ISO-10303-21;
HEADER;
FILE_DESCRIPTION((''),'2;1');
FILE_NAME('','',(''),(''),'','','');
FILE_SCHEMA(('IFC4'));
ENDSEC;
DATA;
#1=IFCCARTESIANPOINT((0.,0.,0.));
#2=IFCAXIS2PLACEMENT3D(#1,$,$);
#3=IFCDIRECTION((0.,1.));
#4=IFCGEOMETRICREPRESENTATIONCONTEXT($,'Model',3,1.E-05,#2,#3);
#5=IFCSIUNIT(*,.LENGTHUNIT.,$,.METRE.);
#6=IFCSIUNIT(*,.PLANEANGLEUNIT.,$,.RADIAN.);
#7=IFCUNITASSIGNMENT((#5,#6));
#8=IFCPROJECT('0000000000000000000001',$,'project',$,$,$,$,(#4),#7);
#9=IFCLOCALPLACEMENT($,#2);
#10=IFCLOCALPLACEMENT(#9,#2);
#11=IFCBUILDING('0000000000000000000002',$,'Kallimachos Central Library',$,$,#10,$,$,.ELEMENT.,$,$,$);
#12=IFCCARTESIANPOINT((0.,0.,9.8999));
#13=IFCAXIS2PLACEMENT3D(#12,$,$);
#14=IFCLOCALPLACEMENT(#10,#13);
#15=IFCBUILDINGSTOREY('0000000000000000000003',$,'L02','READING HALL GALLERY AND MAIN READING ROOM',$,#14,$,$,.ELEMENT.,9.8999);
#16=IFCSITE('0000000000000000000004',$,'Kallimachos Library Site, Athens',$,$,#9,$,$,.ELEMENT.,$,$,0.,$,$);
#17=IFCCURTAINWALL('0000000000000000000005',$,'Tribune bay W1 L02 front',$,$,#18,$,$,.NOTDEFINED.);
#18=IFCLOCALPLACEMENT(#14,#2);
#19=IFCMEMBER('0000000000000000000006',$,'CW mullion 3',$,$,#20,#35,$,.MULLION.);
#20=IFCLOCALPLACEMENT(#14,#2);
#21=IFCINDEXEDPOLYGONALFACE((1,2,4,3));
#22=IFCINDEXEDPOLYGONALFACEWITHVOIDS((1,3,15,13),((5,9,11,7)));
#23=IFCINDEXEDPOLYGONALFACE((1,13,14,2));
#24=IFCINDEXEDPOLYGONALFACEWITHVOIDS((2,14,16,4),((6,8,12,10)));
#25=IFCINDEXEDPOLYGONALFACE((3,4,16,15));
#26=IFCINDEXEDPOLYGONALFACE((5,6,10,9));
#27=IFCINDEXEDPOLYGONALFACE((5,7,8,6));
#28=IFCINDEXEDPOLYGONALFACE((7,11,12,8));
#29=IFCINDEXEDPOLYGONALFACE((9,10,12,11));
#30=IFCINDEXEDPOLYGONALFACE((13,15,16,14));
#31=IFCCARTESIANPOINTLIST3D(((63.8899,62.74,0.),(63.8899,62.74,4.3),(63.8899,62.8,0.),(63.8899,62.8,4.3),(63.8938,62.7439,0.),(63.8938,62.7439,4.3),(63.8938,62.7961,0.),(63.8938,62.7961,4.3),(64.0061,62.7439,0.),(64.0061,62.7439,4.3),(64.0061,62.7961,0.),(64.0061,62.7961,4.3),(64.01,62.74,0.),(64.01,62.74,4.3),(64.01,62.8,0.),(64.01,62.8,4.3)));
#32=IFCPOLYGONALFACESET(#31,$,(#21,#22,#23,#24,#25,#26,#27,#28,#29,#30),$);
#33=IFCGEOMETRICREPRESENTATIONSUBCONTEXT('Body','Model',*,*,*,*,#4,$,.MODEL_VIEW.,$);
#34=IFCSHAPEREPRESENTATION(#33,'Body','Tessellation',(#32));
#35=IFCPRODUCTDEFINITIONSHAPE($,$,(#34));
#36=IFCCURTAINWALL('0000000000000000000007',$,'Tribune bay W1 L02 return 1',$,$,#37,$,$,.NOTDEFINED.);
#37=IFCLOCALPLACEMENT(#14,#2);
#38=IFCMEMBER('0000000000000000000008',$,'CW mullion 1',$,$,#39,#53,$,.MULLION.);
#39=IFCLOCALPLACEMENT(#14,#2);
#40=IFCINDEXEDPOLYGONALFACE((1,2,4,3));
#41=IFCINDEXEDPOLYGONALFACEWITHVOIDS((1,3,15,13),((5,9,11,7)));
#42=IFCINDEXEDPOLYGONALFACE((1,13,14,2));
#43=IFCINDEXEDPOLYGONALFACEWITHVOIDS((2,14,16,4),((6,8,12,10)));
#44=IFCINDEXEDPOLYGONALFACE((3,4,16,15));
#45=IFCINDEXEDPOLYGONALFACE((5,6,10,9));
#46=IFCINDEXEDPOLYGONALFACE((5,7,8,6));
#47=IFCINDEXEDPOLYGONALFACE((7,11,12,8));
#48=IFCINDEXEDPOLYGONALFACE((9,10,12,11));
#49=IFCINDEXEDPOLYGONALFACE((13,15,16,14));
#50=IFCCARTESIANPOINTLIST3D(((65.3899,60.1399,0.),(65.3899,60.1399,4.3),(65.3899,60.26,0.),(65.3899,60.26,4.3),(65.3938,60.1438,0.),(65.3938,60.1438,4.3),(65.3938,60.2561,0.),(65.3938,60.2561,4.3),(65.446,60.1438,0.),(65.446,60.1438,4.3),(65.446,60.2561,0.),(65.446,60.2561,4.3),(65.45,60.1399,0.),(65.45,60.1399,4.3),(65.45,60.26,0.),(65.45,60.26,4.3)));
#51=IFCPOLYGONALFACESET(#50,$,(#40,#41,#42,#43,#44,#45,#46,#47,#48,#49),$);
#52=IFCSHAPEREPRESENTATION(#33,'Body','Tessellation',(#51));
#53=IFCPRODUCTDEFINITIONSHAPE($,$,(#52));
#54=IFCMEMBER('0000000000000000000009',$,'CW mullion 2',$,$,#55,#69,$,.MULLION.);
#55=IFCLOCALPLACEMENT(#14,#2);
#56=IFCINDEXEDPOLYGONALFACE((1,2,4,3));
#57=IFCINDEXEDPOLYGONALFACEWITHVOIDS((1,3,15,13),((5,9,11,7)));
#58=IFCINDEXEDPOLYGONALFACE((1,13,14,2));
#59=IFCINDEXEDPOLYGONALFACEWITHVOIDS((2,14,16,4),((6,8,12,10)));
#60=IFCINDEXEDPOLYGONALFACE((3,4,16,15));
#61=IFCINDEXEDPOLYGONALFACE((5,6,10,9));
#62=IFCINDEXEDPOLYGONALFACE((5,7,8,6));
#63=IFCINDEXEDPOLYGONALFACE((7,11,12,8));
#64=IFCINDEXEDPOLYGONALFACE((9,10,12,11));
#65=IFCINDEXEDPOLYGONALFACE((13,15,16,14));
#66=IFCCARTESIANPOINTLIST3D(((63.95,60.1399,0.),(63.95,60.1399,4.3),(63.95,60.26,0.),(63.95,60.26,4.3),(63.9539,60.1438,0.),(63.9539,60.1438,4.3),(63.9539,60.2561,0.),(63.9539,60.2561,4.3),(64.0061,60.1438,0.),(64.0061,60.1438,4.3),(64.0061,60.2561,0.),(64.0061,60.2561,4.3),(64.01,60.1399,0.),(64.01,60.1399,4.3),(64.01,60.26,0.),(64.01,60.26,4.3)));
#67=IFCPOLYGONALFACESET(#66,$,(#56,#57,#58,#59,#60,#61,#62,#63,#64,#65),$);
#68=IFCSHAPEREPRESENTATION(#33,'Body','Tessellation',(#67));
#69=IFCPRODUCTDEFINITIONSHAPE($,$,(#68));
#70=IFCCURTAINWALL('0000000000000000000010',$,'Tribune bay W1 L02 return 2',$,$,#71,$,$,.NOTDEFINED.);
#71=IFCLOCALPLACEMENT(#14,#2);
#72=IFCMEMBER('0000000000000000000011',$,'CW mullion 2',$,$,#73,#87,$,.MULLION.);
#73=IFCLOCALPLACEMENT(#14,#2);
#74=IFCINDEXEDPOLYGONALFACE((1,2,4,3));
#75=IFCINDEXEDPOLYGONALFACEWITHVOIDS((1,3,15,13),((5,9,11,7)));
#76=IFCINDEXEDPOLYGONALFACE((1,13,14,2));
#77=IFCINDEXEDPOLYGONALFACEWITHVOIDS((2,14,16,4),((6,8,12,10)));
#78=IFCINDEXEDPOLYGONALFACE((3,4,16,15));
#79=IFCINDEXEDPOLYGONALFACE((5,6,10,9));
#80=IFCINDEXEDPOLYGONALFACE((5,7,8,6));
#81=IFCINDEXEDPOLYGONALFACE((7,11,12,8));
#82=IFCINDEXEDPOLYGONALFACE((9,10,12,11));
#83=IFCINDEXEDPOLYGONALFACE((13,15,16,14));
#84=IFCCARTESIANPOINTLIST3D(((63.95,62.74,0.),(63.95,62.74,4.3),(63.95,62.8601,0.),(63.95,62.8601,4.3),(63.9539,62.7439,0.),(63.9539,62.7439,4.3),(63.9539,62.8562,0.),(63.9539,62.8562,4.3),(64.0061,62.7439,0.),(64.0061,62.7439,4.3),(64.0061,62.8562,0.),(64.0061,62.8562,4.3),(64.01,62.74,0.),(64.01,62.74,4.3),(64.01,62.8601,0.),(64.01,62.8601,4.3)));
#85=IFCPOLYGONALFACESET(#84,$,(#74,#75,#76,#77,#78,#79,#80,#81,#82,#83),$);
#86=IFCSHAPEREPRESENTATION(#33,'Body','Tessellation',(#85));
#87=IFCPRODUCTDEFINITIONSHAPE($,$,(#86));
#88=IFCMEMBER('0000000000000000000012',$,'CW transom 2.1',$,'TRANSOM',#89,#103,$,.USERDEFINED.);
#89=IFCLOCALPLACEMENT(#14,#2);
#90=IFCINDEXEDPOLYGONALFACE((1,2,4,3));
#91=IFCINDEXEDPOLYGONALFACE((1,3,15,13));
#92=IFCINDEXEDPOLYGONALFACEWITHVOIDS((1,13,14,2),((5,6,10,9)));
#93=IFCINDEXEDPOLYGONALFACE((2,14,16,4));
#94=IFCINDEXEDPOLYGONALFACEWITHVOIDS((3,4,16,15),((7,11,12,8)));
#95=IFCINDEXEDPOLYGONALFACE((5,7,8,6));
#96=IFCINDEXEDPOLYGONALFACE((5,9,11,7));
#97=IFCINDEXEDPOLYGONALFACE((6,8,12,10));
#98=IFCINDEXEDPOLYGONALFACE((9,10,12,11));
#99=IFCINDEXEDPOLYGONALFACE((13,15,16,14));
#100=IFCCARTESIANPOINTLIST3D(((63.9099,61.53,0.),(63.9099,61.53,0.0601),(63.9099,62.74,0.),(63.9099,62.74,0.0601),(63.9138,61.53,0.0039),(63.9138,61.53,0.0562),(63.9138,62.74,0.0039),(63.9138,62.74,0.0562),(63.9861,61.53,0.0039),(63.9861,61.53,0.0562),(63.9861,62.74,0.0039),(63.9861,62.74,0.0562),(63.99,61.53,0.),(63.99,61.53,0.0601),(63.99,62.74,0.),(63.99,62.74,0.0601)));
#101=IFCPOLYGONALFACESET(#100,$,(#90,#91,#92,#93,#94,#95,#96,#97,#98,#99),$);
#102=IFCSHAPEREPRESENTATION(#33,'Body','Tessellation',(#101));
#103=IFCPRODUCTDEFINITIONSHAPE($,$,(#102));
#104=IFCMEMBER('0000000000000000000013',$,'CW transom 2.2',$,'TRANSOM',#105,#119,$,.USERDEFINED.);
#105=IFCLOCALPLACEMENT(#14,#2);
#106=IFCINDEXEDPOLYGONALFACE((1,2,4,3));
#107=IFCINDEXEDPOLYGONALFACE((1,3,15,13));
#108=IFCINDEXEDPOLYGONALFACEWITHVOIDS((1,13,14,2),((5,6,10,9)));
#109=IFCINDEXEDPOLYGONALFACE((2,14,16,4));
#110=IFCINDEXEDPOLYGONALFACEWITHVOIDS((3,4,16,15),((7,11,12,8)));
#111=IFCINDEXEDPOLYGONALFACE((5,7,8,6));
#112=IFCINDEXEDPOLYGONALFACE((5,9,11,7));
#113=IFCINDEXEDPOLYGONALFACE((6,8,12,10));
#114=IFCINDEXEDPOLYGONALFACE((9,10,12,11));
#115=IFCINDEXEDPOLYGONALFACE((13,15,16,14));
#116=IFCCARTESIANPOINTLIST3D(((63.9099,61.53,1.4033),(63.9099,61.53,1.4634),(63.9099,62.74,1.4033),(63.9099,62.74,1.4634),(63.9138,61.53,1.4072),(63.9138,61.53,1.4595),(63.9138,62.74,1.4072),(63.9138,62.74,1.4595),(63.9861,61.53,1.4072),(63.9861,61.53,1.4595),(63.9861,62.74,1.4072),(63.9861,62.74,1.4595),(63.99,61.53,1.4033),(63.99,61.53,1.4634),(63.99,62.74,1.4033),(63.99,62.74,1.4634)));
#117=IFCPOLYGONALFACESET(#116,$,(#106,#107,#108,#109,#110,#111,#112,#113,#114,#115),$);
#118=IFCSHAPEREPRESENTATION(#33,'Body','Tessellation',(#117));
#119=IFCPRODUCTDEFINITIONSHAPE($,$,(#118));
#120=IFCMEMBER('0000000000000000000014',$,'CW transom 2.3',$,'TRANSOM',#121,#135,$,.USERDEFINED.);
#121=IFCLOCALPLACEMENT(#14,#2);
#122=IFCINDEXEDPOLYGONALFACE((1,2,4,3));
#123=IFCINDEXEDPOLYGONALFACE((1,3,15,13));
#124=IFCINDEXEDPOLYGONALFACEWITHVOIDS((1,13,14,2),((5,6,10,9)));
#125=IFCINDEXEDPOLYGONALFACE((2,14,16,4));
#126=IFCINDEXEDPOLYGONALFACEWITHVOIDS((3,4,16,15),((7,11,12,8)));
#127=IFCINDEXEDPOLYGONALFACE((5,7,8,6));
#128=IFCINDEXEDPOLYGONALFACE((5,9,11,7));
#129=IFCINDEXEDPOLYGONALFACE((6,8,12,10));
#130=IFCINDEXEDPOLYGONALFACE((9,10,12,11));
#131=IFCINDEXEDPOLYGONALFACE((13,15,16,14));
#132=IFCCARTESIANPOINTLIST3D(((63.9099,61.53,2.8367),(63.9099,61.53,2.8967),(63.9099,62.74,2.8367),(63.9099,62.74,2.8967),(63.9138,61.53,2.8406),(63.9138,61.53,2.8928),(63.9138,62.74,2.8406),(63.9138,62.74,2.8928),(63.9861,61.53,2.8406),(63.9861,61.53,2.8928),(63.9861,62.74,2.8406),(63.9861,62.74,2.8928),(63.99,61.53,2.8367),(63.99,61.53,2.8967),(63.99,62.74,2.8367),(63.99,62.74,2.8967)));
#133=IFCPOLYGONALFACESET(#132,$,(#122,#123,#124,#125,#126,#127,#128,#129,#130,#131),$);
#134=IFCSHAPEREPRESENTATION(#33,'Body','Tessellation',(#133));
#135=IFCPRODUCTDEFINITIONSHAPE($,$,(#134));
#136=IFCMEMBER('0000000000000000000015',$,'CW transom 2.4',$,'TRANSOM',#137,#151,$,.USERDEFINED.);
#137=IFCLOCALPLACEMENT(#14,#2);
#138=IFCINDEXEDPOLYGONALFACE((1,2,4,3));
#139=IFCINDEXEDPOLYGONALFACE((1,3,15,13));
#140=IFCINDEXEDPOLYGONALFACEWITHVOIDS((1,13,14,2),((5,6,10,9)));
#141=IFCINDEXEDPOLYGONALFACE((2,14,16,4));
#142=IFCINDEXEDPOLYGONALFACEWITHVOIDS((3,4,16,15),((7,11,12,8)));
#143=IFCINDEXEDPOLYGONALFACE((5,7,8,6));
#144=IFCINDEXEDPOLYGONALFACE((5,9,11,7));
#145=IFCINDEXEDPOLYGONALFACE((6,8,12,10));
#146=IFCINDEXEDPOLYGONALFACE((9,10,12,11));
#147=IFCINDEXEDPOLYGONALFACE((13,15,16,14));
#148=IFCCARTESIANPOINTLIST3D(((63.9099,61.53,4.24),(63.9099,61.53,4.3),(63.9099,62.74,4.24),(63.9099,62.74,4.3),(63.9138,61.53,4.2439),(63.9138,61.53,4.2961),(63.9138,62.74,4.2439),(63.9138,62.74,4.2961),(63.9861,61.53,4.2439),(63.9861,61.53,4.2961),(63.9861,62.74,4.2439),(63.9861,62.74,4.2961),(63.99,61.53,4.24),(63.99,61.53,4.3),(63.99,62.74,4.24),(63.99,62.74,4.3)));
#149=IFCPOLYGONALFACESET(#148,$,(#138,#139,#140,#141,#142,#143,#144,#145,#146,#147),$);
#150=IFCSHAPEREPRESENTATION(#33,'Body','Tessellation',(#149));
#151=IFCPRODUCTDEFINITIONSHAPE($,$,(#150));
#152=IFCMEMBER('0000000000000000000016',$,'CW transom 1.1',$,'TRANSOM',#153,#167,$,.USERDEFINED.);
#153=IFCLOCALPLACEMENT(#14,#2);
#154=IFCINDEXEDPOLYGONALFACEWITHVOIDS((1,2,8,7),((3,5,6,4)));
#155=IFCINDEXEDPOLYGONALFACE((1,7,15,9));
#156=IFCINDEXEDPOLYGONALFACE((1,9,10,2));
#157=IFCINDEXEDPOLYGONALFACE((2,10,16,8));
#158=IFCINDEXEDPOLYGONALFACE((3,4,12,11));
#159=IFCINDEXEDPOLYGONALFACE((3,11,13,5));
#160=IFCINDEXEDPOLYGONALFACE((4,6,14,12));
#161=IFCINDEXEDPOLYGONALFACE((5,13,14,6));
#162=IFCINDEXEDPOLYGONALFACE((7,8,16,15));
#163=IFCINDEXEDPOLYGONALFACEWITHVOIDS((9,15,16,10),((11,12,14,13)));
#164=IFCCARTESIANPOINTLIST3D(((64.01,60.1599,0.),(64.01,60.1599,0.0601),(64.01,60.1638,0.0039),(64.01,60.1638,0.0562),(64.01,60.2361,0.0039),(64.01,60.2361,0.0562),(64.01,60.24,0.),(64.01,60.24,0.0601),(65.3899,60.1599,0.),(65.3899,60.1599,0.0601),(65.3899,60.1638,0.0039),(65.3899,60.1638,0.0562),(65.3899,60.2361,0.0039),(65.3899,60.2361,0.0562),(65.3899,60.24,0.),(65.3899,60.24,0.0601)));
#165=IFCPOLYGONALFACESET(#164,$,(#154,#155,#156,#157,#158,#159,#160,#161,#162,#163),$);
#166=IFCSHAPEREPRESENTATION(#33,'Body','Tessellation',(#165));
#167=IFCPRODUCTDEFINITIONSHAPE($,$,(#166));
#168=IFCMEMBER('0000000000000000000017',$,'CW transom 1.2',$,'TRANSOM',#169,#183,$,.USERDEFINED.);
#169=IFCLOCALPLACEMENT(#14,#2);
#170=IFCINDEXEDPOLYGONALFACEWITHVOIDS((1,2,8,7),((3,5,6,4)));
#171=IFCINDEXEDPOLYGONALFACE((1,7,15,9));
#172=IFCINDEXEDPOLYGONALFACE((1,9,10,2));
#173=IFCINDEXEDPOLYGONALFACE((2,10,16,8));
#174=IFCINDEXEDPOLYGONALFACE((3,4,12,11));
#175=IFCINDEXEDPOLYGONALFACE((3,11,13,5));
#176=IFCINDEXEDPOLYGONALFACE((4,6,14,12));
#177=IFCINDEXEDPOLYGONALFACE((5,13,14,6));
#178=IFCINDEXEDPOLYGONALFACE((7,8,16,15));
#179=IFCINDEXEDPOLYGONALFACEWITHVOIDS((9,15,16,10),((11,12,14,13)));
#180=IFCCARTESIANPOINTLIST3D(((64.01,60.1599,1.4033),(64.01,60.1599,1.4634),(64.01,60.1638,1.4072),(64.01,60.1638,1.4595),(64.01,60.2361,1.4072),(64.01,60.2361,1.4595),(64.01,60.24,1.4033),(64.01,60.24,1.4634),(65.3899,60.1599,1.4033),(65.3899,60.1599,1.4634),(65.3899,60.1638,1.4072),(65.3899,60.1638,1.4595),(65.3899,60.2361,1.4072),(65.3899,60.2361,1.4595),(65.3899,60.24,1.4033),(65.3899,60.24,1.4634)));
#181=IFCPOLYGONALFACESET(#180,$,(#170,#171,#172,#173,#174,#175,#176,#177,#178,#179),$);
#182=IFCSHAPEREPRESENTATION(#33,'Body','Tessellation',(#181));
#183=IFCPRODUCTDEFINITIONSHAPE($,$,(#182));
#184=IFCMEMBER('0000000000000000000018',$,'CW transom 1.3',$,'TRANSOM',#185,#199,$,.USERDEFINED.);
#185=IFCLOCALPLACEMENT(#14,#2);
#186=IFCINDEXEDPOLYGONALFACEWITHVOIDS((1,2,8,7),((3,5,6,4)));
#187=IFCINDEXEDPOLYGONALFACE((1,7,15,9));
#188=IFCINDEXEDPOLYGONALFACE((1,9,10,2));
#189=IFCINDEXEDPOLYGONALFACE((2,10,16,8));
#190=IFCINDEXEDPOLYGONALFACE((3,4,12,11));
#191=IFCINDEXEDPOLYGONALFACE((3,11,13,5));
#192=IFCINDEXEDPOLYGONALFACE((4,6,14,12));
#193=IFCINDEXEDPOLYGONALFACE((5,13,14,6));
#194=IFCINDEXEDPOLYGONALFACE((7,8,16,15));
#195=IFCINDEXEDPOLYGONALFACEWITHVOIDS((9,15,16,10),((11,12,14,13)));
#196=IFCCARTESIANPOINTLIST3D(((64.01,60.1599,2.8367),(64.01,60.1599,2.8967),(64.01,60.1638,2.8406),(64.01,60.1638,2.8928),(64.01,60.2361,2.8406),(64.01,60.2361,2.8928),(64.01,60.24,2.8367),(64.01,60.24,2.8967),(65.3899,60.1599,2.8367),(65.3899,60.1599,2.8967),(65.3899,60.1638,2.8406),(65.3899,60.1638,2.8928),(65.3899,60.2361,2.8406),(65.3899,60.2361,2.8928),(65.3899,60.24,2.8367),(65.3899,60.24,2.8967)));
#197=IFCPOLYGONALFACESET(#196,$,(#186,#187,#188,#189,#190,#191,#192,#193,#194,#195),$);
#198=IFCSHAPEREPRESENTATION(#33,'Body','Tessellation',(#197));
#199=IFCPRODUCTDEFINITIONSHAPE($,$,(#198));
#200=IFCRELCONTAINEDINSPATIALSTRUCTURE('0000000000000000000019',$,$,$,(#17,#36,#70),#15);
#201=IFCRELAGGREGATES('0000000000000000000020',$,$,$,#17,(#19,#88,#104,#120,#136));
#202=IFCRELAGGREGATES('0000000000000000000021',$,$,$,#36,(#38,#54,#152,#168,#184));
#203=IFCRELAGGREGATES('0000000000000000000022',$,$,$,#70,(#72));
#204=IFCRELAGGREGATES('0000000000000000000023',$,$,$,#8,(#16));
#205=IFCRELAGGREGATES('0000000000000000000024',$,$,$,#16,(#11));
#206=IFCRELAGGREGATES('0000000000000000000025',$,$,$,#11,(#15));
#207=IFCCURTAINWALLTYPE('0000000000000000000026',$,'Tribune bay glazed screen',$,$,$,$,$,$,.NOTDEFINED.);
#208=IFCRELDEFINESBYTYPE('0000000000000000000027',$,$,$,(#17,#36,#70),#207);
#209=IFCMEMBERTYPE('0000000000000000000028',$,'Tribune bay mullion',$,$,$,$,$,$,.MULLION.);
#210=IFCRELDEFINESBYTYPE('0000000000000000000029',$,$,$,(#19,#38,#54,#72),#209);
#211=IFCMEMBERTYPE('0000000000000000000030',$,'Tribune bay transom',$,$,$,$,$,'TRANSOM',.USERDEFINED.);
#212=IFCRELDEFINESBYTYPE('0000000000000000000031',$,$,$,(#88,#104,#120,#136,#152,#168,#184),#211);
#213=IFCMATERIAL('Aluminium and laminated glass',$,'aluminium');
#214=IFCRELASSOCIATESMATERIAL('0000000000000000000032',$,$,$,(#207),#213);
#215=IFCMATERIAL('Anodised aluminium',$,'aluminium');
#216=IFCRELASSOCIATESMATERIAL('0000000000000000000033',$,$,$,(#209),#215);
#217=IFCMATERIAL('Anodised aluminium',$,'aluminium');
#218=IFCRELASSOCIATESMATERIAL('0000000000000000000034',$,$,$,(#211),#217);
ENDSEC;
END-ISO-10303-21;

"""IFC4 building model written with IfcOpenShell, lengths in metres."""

from ifc_helpers import new_model, si_unit, direction, frame, origin, origin_2d, place, context, subcontext, project, spatial, hollow_rectangle, extrude, material, material_profile, profile_set, type_object, element, aggregate, save


model = new_model("IFC4")

# Units and contexts
model_context = context("Model", 3, precision=1e-05, world=origin(), true_north=direction((0.0, 1.0)))
body_context = subcontext(model_context, "Body", "Model", "MODEL_VIEW")
ifc_project = project(units=[si_unit("LENGTHUNIT", "METRE"), si_unit("PLANEANGLEUNIT", "RADIAN")], contexts=[model_context])

# Site, building, storey
site_placement = place(None, origin())
site = spatial("IfcSite", under=ifc_project, at=site_placement, Name="Kallimachos Library Site, Athens", CompositionType="ELEMENT", RefElevation=0.0)
building_placement = place(site_placement, origin())
building = spatial("IfcBuilding", under=site, at=building_placement, Name="Kallimachos Central Library", CompositionType="ELEMENT")
storey_placement = place(building_placement, frame((0.0, 0.0, 9.8999)))
storey = spatial("IfcBuildingStorey", under=building, at=storey_placement, Name="L02", Description="READING HALL GALLERY AND MAIN READING ROOM", CompositionType="ELEMENT", Elevation=9.8999)

# Curtain wall, member
ifc_material_1 = material(Name="Aluminium and laminated glass", Category="aluminium")
curtain_wall_type = type_object("IfcCurtainWallType", Name="Tribune bay glazed screen", PredefinedType="NOTDEFINED", material=ifc_material_1)
curtain_wall_1_placement = place(storey_placement, origin())
curtain_wall_1 = element("IfcCurtainWall", 1, at=curtain_wall_1_placement, inside=storey, type_object=curtain_wall_type, Name="Tribune bay W1 L02 front", PredefinedType="NOTDEFINED")
ifc_material_2 = material(Name="Anodised aluminium", Category="aluminium")
ifc_material_profile_1 = material_profile(ifc_material_2, hollow_rectangle(XDim=0.0601, YDim=0.1201, WallThickness=0.0039, at=origin_2d()), Name="ALU MULLION 60x120")
ifc_profile_set_1 = profile_set([ifc_material_profile_1], Name="Anodised aluminium")
member_type_1 = type_object("IfcMemberType", Name="Tribune bay mullion", PredefinedType="MULLION", material=ifc_profile_set_1)
member_1_placement = place(storey_placement, frame((63.95, 62.77, 0.0), z_axis=(0.0, 0.0, 1.0), x_axis=(0.0, 1.0, 0.0)))
member_1 = element("IfcMember", 2, at=member_1_placement, type_object=member_type_1, Name="CW mullion 3", PredefinedType="MULLION", context=body_context, shape_type="SweptSolid", body=[
    extrude(hollow_rectangle(XDim=0.0601, YDim=0.1201, WallThickness=0.0039, at=origin_2d()), origin(), (0.0, 0.0, 1.0), 4.3),
])

# Curtain wall, members
curtain_wall_2_placement = place(storey_placement, origin())
curtain_wall_2 = element("IfcCurtainWall", 3, at=curtain_wall_2_placement, inside=storey, type_object=curtain_wall_type, Name="Tribune bay W1 L02 return 1", PredefinedType="NOTDEFINED")
member_2_placement = place(storey_placement, frame((65.4199, 60.2, 0.0), z_axis=(0.0, 0.0, 1.0), x_axis=(-1.0, 0.0, 0.0)))
member_2 = element("IfcMember", 4, at=member_2_placement, type_object=member_type_1, Name="CW mullion 1", PredefinedType="MULLION", context=body_context, shape_type="SweptSolid", body=[
    extrude(hollow_rectangle(XDim=0.0601, YDim=0.1201, WallThickness=0.0039, at=origin_2d()), origin(), (0.0, 0.0, 1.0), 4.3),
])
member_3_placement = place(storey_placement, frame((63.98, 60.2, 0.0), z_axis=(0.0, 0.0, 1.0), x_axis=(-1.0, 0.0, 0.0)))
member_3 = element("IfcMember", 5, at=member_3_placement, type_object=member_type_1, Name="CW mullion 2", PredefinedType="MULLION", context=body_context, shape_type="SweptSolid", body=[
    extrude(hollow_rectangle(XDim=0.0601, YDim=0.1201, WallThickness=0.0039, at=origin_2d()), origin(), (0.0, 0.0, 1.0), 4.3),
])

# Curtain wall, member
curtain_wall_3_placement = place(storey_placement, origin())
curtain_wall_3 = element("IfcCurtainWall", 6, at=curtain_wall_3_placement, inside=storey, type_object=curtain_wall_type, Name="Tribune bay W1 L02 return 2", PredefinedType="NOTDEFINED")
member_4_placement = place(storey_placement, frame((63.98, 62.8, 0.0), z_axis=(0.0, 0.0, 1.0), x_axis=(-1.0, 0.0, 0.0)))
member_4 = element("IfcMember", 7, at=member_4_placement, type_object=member_type_1, Name="CW mullion 2", PredefinedType="MULLION", context=body_context, shape_type="SweptSolid", body=[
    extrude(hollow_rectangle(XDim=0.0601, YDim=0.1201, WallThickness=0.0039, at=origin_2d()), origin(), (0.0, 0.0, 1.0), 4.3),
])

# Members
ifc_material_3 = material(Name="Anodised aluminium", Category="aluminium")
ifc_material_profile_2 = material_profile(ifc_material_3, hollow_rectangle(XDim=0.0601, YDim=0.0801, WallThickness=0.0039, at=origin_2d()), Name="ALU TRANSOM 60x80")
ifc_profile_set_2 = profile_set([ifc_material_profile_2], Name="Anodised aluminium")
member_type_2 = type_object("IfcMemberType", Name="Tribune bay transom", ElementType="TRANSOM", PredefinedType="USERDEFINED", material=ifc_profile_set_2)
member_5_placement = place(storey_placement, frame((63.95, 61.53, 0.03), z_axis=(0.0, 1.0, 0.0), x_axis=(0.0, 0.0, 1.0)))
member_5 = element("IfcMember", 8, at=member_5_placement, type_object=member_type_2, Name="CW transom 2.1", ObjectType="TRANSOM", PredefinedType="USERDEFINED", context=body_context, shape_type="SweptSolid", body=[
    extrude(hollow_rectangle(XDim=0.0601, YDim=0.0801, WallThickness=0.0039, at=origin_2d()), origin(), (0.0, 0.0, 1.0), 1.21),
])
member_6_placement = place(storey_placement, frame((63.95, 61.53, 1.4333), z_axis=(0.0, 1.0, 0.0), x_axis=(0.0, 0.0, 1.0)))
member_6 = element("IfcMember", 9, at=member_6_placement, type_object=member_type_2, Name="CW transom 2.2", ObjectType="TRANSOM", PredefinedType="USERDEFINED", context=body_context, shape_type="SweptSolid", body=[
    extrude(hollow_rectangle(XDim=0.0601, YDim=0.0801, WallThickness=0.0039, at=origin_2d()), origin(), (0.0, 0.0, 1.0), 1.21),
])
member_7_placement = place(storey_placement, frame((63.95, 61.53, 2.8667), z_axis=(0.0, 1.0, 0.0), x_axis=(0.0, 0.0, 1.0)))
member_7 = element("IfcMember", 10, at=member_7_placement, type_object=member_type_2, Name="CW transom 2.3", ObjectType="TRANSOM", PredefinedType="USERDEFINED", context=body_context, shape_type="SweptSolid", body=[
    extrude(hollow_rectangle(XDim=0.0601, YDim=0.0801, WallThickness=0.0039, at=origin_2d()), origin(), (0.0, 0.0, 1.0), 1.21),
])
member_8_placement = place(storey_placement, frame((63.95, 61.53, 4.27), z_axis=(0.0, 1.0, 0.0), x_axis=(0.0, 0.0, 1.0)))
member_8 = element("IfcMember", 11, at=member_8_placement, type_object=member_type_2, Name="CW transom 2.4", ObjectType="TRANSOM", PredefinedType="USERDEFINED", context=body_context, shape_type="SweptSolid", body=[
    extrude(hollow_rectangle(XDim=0.0601, YDim=0.0801, WallThickness=0.0039, at=origin_2d()), origin(), (0.0, 0.0, 1.0), 1.21),
])
member_9_placement = place(storey_placement, frame((65.3899, 60.2, 0.03), z_axis=(-1.0, 0.0, 0.0), x_axis=(0.0, 0.0, 1.0)))
member_9 = element("IfcMember", 12, at=member_9_placement, type_object=member_type_2, Name="CW transom 1.1", ObjectType="TRANSOM", PredefinedType="USERDEFINED", context=body_context, shape_type="SweptSolid", body=[
    extrude(hollow_rectangle(XDim=0.0601, YDim=0.0801, WallThickness=0.0039, at=origin_2d()), origin(), (0.0, 0.0, 1.0), 1.3799),
])
member_10_placement = place(storey_placement, frame((65.3899, 60.2, 1.4333), z_axis=(-1.0, 0.0, 0.0), x_axis=(0.0, 0.0, 1.0)))
member_10 = element("IfcMember", 13, at=member_10_placement, type_object=member_type_2, Name="CW transom 1.2", ObjectType="TRANSOM", PredefinedType="USERDEFINED", context=body_context, shape_type="SweptSolid", body=[
    extrude(hollow_rectangle(XDim=0.0601, YDim=0.0801, WallThickness=0.0039, at=origin_2d()), origin(), (0.0, 0.0, 1.0), 1.3799),
])
member_11_placement = place(storey_placement, frame((65.3899, 60.2, 2.8667), z_axis=(-1.0, 0.0, 0.0), x_axis=(0.0, 0.0, 1.0)))
member_11 = element("IfcMember", 14, at=member_11_placement, type_object=member_type_2, Name="CW transom 1.3", ObjectType="TRANSOM", PredefinedType="USERDEFINED", context=body_context, shape_type="SweptSolid", body=[
    extrude(hollow_rectangle(XDim=0.0601, YDim=0.0801, WallThickness=0.0039, at=origin_2d()), origin(), (0.0, 0.0, 1.0), 1.3799),
])

aggregate(curtain_wall_1, [member_1, member_5, member_6, member_7, member_8])
aggregate(curtain_wall_2, [member_2, member_3, member_9, member_10, member_11])
aggregate(curtain_wall_3, [member_4])

save(model, "model.ifc")
